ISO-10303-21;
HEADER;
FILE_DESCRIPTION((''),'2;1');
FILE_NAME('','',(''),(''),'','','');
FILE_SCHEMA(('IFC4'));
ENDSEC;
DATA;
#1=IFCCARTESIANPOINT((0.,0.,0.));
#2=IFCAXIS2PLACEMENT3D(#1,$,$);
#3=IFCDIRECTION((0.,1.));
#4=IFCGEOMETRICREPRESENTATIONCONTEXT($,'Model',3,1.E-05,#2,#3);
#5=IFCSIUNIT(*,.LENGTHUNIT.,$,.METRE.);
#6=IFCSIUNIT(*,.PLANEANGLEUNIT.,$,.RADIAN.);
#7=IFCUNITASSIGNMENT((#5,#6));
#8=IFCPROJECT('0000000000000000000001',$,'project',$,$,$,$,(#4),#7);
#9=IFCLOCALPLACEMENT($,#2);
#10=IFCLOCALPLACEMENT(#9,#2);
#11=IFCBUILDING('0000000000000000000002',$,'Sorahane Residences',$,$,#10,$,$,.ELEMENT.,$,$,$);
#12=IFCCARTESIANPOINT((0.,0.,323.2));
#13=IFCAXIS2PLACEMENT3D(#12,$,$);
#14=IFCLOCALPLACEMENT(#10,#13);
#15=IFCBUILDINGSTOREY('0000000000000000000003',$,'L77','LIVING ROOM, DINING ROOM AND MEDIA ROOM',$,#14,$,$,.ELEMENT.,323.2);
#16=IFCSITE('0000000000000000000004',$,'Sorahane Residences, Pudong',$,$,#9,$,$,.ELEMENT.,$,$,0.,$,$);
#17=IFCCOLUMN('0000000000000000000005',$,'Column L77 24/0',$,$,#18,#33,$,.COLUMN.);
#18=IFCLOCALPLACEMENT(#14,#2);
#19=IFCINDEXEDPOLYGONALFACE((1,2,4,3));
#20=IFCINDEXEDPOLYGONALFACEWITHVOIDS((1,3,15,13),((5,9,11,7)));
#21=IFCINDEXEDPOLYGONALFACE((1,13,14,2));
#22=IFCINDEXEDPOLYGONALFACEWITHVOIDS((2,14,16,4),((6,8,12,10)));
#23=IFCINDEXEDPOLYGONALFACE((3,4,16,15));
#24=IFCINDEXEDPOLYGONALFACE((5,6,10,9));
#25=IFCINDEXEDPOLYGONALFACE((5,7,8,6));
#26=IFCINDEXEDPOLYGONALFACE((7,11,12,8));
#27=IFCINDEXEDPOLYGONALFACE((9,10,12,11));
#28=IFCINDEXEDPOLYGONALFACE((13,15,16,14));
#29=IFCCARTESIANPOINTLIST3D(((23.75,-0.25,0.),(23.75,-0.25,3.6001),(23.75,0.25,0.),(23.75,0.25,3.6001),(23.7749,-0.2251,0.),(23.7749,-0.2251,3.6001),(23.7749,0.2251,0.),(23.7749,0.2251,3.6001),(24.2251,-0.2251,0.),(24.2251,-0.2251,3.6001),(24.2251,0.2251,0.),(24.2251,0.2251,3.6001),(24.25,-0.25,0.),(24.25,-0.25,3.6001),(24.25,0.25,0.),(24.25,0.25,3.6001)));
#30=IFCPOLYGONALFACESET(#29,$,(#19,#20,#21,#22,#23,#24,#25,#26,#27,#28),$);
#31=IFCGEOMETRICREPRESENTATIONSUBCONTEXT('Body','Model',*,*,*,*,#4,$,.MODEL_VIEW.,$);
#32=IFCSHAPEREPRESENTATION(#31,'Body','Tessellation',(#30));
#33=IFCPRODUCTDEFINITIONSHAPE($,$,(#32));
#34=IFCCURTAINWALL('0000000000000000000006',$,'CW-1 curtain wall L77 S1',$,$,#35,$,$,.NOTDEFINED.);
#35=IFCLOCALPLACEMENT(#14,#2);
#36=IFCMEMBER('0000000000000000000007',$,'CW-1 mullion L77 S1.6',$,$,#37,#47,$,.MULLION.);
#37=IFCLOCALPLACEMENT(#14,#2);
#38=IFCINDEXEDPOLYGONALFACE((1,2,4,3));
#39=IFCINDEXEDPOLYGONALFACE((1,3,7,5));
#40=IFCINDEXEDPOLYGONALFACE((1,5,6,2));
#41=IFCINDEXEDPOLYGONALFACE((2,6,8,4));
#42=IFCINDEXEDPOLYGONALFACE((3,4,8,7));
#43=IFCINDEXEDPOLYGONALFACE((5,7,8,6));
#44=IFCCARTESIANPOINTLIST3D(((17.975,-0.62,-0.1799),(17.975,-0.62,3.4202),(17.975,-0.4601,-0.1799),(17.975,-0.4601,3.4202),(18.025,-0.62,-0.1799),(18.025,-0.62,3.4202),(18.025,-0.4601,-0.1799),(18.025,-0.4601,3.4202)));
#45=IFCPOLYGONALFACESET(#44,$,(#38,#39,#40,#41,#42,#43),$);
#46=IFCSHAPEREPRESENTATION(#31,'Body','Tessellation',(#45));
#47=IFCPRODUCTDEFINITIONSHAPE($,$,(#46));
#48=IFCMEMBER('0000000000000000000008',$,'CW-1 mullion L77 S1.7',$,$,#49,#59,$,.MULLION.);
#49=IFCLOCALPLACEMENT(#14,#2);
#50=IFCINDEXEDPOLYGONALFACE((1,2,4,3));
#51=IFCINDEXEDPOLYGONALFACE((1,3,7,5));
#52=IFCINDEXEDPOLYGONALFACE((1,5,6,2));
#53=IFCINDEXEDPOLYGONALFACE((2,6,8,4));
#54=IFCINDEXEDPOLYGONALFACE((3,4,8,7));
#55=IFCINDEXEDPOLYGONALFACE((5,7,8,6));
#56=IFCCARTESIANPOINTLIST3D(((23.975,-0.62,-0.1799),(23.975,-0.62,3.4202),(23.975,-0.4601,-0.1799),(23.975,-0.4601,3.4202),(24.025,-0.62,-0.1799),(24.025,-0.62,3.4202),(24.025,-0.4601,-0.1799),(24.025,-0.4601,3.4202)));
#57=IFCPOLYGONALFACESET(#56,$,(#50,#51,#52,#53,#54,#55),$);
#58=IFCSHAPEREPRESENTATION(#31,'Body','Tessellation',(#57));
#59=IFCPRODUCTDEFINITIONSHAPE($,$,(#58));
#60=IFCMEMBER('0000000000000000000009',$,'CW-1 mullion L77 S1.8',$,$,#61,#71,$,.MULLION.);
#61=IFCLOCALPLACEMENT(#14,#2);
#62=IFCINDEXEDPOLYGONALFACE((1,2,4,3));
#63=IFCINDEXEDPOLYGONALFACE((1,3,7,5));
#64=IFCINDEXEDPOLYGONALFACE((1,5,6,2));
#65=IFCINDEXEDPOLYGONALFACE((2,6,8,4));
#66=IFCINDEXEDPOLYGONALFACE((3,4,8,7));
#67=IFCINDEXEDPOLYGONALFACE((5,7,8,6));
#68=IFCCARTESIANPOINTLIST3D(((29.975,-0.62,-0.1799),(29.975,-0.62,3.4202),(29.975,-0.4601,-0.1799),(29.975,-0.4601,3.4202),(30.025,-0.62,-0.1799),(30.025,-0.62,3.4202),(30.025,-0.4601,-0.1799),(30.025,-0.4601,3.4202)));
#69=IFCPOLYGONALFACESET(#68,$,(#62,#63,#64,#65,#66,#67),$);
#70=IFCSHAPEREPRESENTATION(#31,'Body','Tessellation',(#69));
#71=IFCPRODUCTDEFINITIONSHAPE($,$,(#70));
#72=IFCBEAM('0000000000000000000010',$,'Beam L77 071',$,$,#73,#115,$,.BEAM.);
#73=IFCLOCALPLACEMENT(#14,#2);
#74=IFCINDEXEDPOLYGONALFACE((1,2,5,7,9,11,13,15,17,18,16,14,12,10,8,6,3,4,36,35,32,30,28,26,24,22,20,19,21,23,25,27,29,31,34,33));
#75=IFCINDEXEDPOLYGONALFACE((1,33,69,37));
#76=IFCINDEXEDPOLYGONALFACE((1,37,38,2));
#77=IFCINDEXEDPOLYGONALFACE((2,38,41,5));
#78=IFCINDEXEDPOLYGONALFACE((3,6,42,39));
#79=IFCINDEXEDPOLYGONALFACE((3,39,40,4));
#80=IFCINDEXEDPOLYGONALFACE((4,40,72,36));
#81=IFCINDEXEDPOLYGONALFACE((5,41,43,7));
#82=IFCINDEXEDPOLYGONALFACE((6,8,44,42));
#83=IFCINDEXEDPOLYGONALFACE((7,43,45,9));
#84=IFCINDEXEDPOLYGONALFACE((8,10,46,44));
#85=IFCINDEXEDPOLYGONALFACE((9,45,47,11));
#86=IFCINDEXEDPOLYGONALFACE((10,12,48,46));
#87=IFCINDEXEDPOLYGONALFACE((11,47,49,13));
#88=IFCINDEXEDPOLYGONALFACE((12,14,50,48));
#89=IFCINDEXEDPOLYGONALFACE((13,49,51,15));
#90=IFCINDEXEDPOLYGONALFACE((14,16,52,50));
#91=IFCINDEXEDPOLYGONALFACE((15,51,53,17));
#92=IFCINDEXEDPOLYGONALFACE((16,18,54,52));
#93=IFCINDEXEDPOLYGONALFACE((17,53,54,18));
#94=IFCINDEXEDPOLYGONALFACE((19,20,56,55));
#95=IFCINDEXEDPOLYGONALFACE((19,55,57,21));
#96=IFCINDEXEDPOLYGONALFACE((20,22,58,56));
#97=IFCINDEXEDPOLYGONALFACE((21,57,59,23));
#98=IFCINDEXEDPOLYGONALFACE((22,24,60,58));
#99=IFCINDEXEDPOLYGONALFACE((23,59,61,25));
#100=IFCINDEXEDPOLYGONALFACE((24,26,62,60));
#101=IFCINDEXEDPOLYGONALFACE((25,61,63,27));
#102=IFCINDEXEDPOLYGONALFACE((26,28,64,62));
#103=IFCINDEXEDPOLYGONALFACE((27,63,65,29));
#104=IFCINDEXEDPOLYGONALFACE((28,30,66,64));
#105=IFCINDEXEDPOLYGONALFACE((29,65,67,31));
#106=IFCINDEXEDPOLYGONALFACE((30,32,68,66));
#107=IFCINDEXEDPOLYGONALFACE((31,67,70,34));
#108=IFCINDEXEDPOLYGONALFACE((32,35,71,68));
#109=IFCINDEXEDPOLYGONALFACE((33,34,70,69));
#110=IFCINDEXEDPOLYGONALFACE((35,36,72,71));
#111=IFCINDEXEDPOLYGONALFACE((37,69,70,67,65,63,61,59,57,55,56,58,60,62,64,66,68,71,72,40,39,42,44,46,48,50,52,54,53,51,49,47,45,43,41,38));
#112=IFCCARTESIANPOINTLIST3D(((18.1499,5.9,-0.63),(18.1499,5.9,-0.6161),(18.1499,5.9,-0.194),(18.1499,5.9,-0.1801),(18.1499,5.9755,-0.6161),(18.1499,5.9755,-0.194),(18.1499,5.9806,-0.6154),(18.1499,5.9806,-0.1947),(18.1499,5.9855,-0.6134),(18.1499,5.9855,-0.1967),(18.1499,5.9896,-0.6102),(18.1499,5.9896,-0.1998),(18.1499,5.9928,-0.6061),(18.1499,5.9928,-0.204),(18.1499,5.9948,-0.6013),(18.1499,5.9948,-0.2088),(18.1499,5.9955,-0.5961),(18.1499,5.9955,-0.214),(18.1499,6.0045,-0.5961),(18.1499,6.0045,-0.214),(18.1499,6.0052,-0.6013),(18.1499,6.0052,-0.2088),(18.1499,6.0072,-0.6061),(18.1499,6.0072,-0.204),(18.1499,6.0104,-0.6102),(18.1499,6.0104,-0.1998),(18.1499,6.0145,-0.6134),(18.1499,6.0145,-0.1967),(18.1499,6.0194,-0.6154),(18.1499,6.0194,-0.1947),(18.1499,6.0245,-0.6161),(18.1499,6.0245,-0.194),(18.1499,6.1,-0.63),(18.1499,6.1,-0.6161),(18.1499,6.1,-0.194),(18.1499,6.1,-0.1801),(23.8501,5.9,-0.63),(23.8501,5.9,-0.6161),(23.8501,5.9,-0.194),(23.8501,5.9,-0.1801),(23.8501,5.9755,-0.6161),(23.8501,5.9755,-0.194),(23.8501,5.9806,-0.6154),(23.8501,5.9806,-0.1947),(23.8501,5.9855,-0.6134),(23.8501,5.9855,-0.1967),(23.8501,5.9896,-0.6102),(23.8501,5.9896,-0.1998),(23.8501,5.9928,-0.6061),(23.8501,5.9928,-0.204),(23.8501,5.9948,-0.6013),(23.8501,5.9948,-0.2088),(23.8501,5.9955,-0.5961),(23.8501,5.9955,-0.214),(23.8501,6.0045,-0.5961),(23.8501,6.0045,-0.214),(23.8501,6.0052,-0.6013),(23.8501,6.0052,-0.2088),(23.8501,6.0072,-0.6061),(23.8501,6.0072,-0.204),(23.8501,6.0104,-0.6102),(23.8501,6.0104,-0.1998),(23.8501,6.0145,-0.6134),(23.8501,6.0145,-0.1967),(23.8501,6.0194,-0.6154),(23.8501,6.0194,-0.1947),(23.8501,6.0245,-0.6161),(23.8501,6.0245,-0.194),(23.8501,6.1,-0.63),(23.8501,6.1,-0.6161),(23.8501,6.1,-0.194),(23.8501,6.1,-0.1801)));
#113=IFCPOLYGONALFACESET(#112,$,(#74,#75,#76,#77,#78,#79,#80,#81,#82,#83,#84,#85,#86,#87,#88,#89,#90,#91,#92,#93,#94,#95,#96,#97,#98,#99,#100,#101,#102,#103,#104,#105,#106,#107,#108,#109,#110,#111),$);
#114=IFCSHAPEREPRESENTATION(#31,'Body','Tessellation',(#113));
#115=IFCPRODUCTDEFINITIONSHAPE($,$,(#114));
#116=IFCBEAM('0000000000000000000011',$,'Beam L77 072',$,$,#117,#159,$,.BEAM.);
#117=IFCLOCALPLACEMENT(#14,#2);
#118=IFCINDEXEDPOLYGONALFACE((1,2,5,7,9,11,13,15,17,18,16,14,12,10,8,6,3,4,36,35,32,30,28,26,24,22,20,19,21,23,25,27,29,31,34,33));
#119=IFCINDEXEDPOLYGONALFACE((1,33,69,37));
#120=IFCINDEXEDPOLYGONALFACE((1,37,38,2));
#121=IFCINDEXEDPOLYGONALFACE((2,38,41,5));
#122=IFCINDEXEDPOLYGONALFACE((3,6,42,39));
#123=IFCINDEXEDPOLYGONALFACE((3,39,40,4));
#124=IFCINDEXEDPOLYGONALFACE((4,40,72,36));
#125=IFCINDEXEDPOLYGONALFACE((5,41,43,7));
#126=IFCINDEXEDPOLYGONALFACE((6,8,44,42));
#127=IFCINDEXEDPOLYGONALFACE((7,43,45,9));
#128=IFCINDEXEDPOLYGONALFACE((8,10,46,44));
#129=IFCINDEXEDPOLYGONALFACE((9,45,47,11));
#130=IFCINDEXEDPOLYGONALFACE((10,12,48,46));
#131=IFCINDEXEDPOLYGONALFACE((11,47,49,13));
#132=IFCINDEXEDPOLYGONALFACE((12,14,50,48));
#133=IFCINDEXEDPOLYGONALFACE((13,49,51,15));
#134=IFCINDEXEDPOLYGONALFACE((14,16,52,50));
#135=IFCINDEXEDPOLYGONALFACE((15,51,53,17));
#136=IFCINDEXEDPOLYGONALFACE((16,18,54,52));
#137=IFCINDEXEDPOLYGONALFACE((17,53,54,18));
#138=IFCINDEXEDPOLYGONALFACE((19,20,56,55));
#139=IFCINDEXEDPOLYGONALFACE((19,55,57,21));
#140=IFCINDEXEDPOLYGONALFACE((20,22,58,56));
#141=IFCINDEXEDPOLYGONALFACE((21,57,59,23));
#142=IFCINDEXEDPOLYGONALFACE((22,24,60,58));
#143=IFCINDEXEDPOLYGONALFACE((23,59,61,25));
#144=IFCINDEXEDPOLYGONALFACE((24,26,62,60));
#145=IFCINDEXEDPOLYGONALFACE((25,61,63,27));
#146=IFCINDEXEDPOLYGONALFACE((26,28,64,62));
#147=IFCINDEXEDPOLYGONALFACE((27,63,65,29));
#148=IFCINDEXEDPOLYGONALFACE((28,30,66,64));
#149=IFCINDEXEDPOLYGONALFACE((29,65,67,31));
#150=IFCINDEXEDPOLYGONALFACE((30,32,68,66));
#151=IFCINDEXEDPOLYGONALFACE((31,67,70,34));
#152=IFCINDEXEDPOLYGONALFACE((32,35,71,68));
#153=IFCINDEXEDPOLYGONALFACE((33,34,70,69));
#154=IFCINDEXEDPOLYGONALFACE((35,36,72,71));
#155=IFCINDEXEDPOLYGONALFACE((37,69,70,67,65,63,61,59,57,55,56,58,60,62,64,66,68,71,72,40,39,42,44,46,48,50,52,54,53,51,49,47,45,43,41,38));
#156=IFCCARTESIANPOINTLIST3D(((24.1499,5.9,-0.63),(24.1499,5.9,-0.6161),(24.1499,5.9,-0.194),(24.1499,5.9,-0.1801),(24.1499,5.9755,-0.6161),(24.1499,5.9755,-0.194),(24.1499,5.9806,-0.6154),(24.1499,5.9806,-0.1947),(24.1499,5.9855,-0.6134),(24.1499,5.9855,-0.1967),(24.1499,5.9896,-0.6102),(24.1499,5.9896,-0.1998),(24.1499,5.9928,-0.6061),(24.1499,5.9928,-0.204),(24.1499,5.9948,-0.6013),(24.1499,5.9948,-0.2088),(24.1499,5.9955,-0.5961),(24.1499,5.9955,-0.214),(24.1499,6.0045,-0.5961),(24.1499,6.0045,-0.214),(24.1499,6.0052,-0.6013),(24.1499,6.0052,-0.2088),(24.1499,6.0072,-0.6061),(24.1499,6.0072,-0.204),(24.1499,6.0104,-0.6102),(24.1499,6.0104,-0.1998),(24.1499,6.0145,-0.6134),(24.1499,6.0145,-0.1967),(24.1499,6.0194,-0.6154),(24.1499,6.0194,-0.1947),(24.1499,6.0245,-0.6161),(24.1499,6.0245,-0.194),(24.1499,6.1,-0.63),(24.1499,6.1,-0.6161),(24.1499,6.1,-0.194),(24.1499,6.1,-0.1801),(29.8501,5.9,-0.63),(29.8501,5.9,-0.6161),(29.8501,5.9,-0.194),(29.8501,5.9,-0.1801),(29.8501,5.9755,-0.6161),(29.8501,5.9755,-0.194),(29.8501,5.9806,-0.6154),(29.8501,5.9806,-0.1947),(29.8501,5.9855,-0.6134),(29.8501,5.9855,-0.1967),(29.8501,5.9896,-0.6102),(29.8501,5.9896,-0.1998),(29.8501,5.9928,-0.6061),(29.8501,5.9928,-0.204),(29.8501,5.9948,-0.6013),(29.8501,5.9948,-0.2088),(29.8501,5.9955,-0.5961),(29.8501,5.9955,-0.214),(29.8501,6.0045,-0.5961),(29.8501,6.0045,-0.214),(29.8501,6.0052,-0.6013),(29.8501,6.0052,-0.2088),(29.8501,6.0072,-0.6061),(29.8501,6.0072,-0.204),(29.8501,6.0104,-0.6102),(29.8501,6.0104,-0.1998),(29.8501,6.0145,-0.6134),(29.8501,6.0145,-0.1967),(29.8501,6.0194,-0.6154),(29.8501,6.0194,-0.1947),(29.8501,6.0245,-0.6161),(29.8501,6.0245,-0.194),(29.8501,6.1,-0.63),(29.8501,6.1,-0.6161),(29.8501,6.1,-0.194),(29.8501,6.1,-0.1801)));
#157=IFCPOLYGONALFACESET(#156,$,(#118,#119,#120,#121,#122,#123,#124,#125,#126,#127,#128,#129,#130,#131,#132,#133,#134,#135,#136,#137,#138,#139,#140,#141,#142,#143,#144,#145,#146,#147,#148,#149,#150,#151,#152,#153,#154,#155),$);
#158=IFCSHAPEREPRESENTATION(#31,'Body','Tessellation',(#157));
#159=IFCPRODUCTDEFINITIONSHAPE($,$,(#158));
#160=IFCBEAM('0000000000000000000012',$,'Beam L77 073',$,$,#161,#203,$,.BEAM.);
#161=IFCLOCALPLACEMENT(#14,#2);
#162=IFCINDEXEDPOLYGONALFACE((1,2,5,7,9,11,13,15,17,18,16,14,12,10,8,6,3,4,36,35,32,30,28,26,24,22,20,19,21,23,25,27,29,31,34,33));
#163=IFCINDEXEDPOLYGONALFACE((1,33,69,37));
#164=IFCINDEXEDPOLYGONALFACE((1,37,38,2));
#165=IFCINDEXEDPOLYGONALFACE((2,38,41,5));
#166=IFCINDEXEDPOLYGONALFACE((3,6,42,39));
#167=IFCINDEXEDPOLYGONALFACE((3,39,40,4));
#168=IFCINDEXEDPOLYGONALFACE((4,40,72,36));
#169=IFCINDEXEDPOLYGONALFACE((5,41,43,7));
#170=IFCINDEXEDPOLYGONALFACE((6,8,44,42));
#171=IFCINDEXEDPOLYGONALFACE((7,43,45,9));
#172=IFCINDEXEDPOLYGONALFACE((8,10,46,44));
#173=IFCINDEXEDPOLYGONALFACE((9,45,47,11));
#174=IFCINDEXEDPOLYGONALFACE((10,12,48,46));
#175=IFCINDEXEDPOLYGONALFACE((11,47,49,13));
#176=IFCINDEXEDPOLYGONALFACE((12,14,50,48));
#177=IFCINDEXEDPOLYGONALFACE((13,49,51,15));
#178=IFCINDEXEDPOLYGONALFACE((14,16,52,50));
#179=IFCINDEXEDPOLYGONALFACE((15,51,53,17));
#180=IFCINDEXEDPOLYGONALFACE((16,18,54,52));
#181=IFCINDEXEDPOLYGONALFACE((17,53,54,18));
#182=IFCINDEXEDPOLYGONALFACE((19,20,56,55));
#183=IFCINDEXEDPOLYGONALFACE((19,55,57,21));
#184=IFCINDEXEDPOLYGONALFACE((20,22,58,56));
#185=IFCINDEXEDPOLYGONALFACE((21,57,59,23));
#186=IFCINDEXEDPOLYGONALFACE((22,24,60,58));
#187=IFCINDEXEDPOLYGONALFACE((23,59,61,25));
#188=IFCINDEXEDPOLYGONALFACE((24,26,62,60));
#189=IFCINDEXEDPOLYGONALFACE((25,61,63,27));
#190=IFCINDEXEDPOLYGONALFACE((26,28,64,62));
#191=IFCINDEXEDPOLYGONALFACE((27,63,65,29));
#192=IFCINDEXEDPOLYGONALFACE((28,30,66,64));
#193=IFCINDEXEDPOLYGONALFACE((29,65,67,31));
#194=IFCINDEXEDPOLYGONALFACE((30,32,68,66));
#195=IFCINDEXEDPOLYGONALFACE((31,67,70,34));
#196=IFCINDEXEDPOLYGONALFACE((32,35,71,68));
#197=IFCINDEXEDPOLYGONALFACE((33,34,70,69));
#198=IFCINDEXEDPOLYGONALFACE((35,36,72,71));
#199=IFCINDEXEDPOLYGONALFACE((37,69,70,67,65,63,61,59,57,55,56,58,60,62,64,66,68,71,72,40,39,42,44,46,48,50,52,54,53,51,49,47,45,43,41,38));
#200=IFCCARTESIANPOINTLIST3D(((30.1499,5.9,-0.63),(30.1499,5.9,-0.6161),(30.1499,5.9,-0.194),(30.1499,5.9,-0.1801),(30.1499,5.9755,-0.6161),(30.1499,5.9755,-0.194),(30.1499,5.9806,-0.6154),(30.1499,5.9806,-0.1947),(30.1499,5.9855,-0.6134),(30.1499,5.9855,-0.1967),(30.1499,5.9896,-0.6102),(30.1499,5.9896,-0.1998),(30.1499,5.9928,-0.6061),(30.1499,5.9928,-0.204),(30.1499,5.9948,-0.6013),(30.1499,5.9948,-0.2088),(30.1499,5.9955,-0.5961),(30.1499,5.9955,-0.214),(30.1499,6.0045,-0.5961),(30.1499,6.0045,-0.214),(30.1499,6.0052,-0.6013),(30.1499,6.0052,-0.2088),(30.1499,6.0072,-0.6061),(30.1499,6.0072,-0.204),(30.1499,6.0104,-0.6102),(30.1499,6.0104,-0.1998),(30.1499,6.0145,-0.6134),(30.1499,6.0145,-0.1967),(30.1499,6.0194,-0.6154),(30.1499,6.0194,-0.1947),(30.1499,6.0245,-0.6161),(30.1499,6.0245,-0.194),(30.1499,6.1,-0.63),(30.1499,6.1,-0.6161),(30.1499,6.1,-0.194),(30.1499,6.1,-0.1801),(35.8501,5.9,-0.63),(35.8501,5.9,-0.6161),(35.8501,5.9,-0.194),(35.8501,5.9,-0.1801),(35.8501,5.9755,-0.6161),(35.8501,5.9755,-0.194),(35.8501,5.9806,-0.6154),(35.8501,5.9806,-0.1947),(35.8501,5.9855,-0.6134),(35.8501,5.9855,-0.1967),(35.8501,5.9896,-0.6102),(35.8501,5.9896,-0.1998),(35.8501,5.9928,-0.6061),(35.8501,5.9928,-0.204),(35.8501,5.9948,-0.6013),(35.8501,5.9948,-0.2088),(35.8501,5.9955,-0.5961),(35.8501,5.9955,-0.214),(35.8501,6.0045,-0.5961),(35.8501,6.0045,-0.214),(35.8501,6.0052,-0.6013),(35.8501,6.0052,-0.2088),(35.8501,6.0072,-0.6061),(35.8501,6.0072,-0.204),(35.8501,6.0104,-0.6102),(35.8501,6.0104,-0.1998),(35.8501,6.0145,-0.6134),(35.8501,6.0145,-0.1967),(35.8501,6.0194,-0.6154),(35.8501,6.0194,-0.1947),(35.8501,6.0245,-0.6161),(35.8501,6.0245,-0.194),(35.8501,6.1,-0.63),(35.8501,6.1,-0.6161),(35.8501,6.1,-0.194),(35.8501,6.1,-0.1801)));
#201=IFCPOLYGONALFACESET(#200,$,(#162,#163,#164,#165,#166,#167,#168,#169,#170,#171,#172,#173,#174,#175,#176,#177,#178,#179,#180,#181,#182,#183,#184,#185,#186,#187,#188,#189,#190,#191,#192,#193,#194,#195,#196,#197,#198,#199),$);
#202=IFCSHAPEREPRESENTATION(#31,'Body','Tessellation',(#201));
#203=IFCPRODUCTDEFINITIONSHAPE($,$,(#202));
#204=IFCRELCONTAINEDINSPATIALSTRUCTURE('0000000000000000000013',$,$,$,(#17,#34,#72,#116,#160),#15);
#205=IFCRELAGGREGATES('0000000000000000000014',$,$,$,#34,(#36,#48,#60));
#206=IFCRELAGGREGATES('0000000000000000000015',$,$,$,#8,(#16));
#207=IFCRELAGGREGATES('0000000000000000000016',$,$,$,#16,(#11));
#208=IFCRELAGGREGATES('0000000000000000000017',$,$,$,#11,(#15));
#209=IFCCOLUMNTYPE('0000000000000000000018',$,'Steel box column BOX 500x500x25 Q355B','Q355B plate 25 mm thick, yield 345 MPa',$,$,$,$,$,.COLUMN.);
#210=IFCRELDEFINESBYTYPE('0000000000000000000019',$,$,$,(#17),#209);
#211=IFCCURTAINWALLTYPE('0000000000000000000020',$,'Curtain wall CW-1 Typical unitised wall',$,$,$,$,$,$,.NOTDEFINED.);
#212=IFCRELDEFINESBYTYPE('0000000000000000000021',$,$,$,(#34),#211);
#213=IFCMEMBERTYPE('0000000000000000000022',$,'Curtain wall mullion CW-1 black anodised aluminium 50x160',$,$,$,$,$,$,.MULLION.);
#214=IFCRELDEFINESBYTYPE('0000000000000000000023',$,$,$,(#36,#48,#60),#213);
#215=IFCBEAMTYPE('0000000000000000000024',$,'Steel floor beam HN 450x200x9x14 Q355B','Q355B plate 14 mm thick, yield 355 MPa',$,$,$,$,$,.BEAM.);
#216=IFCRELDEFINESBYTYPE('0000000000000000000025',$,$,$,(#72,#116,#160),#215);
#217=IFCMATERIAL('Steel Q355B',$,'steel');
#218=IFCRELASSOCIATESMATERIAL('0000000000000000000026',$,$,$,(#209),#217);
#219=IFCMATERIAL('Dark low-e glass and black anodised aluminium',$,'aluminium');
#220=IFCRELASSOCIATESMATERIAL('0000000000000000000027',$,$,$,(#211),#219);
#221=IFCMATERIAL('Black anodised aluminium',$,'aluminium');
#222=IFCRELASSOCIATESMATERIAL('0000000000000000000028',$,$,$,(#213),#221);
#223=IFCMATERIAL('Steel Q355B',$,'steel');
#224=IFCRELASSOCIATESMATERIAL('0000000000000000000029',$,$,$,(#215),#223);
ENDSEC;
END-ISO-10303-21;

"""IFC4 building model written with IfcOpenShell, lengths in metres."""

from ifc_helpers import new_model, si_unit, direction, frame, origin, origin_2d, place, context, subcontext, project, spatial, rectangle, hollow_rectangle, i_section, extrude, material, material_profile, profile_set, type_object, element, aggregate, save


model = new_model("IFC4")

# Units and contexts
model_context = context("Model", 3, precision=1e-05, world=origin(), true_north=direction((0.0, 1.0)))
body_context = subcontext(model_context, "Body", "Model", "MODEL_VIEW")
ifc_project = project(units=[si_unit("LENGTHUNIT", "METRE"), si_unit("PLANEANGLEUNIT", "RADIAN")], contexts=[model_context])

# Site, building, storey
site_placement = place(None, origin())
site = spatial("IfcSite", under=ifc_project, at=site_placement, Name="Sorahane Residences, Pudong", CompositionType="ELEMENT", RefElevation=0.0)
building_placement = place(site_placement, origin())
building = spatial("IfcBuilding", under=site, at=building_placement, Name="Sorahane Residences", CompositionType="ELEMENT")
storey_placement = place(building_placement, frame((0.0, 0.0, 323.2)))
storey = spatial("IfcBuildingStorey", under=building, at=storey_placement, Name="L77", Description="LIVING ROOM, DINING ROOM AND MEDIA ROOM", CompositionType="ELEMENT", Elevation=323.2)

# Column
ifc_material_1 = material(Name="Steel Q355B", Category="steel")
ifc_material_profile_1 = material_profile(ifc_material_1, hollow_rectangle(XDim=0.5, YDim=0.5, WallThickness=0.0249, at=origin_2d()), Name="BOX 500x500x25")
ifc_profile_set_1 = profile_set([ifc_material_profile_1], Name="Steel Q355B")
column_type = type_object("IfcColumnType", Name="Steel box column BOX 500x500x25 Q355B", Description="Q355B plate 25 mm thick, yield 345 MPa", PredefinedType="COLUMN", material=ifc_profile_set_1)
column_placement = place(storey_placement, frame((24.0, 0.0, 0.0), z_axis=(0.0, 0.0, 1.0), x_axis=(1.0, 0.0, 0.0)))
element("IfcColumn", 1, at=column_placement, inside=storey, type_object=column_type, Name="Column L77 24/0", PredefinedType="COLUMN", context=body_context, shape_type="SweptSolid", body=[
    extrude(hollow_rectangle(XDim=0.5, YDim=0.5, WallThickness=0.0249, at=origin_2d()), origin(), (0.0, 0.0, 1.0), 3.6001),
])

# Curtain wall, members
ifc_material_2 = material(Name="Dark low-e glass and black anodised aluminium", Category="aluminium")
curtain_wall_type = type_object("IfcCurtainWallType", Name="Curtain wall CW-1 Typical unitised wall", PredefinedType="NOTDEFINED", material=ifc_material_2)
curtain_wall_placement = place(storey_placement, origin())
curtain_wall = element("IfcCurtainWall", 2, at=curtain_wall_placement, inside=storey, type_object=curtain_wall_type, Name="CW-1 curtain wall L77 S1", PredefinedType="NOTDEFINED")
ifc_material_3 = material(Name="Black anodised aluminium", Category="aluminium")
ifc_material_profile_2 = material_profile(ifc_material_3, rectangle(XDim=0.1599, YDim=0.05, at=origin_2d()), Name="Curtain wall mullion CW-1 black anodised aluminium 50x160")
ifc_profile_set_2 = profile_set([ifc_material_profile_2], Name="Black anodised aluminium")
member_type = type_object("IfcMemberType", Name="Curtain wall mullion CW-1 black anodised aluminium 50x160", PredefinedType="MULLION", material=ifc_profile_set_2)
member_1_placement = place(storey_placement, frame((18.0, -0.54, -0.1799), z_axis=(0.0, 0.0, 1.0), x_axis=(0.0, -1.0, 0.0)))
member_1 = element("IfcMember", 3, at=member_1_placement, type_object=member_type, Name="CW-1 mullion L77 S1.6", PredefinedType="MULLION", context=body_context, shape_type="SweptSolid", body=[
    extrude(rectangle(XDim=0.1599, YDim=0.05, at=origin_2d()), origin(), (0.0, 0.0, 1.0), 3.6001),
])
member_2_placement = place(storey_placement, frame((24.0, -0.54, -0.1799), z_axis=(0.0, 0.0, 1.0), x_axis=(0.0, -1.0, 0.0)))
member_2 = element("IfcMember", 4, at=member_2_placement, type_object=member_type, Name="CW-1 mullion L77 S1.7", PredefinedType="MULLION", context=body_context, shape_type="SweptSolid", body=[
    extrude(rectangle(XDim=0.1599, YDim=0.05, at=origin_2d()), origin(), (0.0, 0.0, 1.0), 3.6001),
])
member_3_placement = place(storey_placement, frame((30.0, -0.54, -0.1799), z_axis=(0.0, 0.0, 1.0), x_axis=(0.0, -1.0, 0.0)))
member_3 = element("IfcMember", 5, at=member_3_placement, type_object=member_type, Name="CW-1 mullion L77 S1.8", PredefinedType="MULLION", context=body_context, shape_type="SweptSolid", body=[
    extrude(rectangle(XDim=0.1599, YDim=0.05, at=origin_2d()), origin(), (0.0, 0.0, 1.0), 3.6001),
])

# Beams
ifc_material_4 = material(Name="Steel Q355B", Category="steel")
ifc_material_profile_3 = material_profile(ifc_material_4, i_section(OverallWidth=0.2, OverallDepth=0.45, WebThickness=0.009, FlangeThickness=0.0139, FilletRadius=0.02, at=origin_2d()), Name="HN 450x200x9x14")
ifc_profile_set_3 = profile_set([ifc_material_profile_3], Name="Steel Q355B")
beam_type_1 = type_object("IfcBeamType", Name="Steel floor beam HN 450x200x9x14 Q355B", Description="Q355B plate 14 mm thick, yield 355 MPa", PredefinedType="BEAM", material=ifc_profile_set_3)
for number, where, z_axis, x_axis, name in (
    (6, (18.1499, 6.0, -0.405), (1.0, 0.0, 0.0), (0.0, 1.0, 0.0), "Beam L77 071"),
    (7, (24.1499, 6.0, -0.405), (1.0, 0.0, 0.0), (0.0, 1.0, 0.0), "Beam L77 072"),
    (8, (30.1499, 6.0, -0.405), (1.0, 0.0, 0.0), (0.0, 1.0, 0.0), "Beam L77 073"),
):
    element("IfcBeam", number, at=place(storey_placement, frame(where, z_axis=z_axis, x_axis=x_axis)), inside=storey, type_object=beam_type_1, Name=name, PredefinedType="BEAM", context=body_context, shape_type="SweptSolid", body=[
        extrude(i_section(OverallWidth=0.2, OverallDepth=0.45, WebThickness=0.009, FlangeThickness=0.0139, FilletRadius=0.02, at=origin_2d()), origin(), (0.0, 0.0, 1.0), 5.7002),
    ])

aggregate(curtain_wall, [member_1, member_2, member_3])

save(model, "model.ifc")
